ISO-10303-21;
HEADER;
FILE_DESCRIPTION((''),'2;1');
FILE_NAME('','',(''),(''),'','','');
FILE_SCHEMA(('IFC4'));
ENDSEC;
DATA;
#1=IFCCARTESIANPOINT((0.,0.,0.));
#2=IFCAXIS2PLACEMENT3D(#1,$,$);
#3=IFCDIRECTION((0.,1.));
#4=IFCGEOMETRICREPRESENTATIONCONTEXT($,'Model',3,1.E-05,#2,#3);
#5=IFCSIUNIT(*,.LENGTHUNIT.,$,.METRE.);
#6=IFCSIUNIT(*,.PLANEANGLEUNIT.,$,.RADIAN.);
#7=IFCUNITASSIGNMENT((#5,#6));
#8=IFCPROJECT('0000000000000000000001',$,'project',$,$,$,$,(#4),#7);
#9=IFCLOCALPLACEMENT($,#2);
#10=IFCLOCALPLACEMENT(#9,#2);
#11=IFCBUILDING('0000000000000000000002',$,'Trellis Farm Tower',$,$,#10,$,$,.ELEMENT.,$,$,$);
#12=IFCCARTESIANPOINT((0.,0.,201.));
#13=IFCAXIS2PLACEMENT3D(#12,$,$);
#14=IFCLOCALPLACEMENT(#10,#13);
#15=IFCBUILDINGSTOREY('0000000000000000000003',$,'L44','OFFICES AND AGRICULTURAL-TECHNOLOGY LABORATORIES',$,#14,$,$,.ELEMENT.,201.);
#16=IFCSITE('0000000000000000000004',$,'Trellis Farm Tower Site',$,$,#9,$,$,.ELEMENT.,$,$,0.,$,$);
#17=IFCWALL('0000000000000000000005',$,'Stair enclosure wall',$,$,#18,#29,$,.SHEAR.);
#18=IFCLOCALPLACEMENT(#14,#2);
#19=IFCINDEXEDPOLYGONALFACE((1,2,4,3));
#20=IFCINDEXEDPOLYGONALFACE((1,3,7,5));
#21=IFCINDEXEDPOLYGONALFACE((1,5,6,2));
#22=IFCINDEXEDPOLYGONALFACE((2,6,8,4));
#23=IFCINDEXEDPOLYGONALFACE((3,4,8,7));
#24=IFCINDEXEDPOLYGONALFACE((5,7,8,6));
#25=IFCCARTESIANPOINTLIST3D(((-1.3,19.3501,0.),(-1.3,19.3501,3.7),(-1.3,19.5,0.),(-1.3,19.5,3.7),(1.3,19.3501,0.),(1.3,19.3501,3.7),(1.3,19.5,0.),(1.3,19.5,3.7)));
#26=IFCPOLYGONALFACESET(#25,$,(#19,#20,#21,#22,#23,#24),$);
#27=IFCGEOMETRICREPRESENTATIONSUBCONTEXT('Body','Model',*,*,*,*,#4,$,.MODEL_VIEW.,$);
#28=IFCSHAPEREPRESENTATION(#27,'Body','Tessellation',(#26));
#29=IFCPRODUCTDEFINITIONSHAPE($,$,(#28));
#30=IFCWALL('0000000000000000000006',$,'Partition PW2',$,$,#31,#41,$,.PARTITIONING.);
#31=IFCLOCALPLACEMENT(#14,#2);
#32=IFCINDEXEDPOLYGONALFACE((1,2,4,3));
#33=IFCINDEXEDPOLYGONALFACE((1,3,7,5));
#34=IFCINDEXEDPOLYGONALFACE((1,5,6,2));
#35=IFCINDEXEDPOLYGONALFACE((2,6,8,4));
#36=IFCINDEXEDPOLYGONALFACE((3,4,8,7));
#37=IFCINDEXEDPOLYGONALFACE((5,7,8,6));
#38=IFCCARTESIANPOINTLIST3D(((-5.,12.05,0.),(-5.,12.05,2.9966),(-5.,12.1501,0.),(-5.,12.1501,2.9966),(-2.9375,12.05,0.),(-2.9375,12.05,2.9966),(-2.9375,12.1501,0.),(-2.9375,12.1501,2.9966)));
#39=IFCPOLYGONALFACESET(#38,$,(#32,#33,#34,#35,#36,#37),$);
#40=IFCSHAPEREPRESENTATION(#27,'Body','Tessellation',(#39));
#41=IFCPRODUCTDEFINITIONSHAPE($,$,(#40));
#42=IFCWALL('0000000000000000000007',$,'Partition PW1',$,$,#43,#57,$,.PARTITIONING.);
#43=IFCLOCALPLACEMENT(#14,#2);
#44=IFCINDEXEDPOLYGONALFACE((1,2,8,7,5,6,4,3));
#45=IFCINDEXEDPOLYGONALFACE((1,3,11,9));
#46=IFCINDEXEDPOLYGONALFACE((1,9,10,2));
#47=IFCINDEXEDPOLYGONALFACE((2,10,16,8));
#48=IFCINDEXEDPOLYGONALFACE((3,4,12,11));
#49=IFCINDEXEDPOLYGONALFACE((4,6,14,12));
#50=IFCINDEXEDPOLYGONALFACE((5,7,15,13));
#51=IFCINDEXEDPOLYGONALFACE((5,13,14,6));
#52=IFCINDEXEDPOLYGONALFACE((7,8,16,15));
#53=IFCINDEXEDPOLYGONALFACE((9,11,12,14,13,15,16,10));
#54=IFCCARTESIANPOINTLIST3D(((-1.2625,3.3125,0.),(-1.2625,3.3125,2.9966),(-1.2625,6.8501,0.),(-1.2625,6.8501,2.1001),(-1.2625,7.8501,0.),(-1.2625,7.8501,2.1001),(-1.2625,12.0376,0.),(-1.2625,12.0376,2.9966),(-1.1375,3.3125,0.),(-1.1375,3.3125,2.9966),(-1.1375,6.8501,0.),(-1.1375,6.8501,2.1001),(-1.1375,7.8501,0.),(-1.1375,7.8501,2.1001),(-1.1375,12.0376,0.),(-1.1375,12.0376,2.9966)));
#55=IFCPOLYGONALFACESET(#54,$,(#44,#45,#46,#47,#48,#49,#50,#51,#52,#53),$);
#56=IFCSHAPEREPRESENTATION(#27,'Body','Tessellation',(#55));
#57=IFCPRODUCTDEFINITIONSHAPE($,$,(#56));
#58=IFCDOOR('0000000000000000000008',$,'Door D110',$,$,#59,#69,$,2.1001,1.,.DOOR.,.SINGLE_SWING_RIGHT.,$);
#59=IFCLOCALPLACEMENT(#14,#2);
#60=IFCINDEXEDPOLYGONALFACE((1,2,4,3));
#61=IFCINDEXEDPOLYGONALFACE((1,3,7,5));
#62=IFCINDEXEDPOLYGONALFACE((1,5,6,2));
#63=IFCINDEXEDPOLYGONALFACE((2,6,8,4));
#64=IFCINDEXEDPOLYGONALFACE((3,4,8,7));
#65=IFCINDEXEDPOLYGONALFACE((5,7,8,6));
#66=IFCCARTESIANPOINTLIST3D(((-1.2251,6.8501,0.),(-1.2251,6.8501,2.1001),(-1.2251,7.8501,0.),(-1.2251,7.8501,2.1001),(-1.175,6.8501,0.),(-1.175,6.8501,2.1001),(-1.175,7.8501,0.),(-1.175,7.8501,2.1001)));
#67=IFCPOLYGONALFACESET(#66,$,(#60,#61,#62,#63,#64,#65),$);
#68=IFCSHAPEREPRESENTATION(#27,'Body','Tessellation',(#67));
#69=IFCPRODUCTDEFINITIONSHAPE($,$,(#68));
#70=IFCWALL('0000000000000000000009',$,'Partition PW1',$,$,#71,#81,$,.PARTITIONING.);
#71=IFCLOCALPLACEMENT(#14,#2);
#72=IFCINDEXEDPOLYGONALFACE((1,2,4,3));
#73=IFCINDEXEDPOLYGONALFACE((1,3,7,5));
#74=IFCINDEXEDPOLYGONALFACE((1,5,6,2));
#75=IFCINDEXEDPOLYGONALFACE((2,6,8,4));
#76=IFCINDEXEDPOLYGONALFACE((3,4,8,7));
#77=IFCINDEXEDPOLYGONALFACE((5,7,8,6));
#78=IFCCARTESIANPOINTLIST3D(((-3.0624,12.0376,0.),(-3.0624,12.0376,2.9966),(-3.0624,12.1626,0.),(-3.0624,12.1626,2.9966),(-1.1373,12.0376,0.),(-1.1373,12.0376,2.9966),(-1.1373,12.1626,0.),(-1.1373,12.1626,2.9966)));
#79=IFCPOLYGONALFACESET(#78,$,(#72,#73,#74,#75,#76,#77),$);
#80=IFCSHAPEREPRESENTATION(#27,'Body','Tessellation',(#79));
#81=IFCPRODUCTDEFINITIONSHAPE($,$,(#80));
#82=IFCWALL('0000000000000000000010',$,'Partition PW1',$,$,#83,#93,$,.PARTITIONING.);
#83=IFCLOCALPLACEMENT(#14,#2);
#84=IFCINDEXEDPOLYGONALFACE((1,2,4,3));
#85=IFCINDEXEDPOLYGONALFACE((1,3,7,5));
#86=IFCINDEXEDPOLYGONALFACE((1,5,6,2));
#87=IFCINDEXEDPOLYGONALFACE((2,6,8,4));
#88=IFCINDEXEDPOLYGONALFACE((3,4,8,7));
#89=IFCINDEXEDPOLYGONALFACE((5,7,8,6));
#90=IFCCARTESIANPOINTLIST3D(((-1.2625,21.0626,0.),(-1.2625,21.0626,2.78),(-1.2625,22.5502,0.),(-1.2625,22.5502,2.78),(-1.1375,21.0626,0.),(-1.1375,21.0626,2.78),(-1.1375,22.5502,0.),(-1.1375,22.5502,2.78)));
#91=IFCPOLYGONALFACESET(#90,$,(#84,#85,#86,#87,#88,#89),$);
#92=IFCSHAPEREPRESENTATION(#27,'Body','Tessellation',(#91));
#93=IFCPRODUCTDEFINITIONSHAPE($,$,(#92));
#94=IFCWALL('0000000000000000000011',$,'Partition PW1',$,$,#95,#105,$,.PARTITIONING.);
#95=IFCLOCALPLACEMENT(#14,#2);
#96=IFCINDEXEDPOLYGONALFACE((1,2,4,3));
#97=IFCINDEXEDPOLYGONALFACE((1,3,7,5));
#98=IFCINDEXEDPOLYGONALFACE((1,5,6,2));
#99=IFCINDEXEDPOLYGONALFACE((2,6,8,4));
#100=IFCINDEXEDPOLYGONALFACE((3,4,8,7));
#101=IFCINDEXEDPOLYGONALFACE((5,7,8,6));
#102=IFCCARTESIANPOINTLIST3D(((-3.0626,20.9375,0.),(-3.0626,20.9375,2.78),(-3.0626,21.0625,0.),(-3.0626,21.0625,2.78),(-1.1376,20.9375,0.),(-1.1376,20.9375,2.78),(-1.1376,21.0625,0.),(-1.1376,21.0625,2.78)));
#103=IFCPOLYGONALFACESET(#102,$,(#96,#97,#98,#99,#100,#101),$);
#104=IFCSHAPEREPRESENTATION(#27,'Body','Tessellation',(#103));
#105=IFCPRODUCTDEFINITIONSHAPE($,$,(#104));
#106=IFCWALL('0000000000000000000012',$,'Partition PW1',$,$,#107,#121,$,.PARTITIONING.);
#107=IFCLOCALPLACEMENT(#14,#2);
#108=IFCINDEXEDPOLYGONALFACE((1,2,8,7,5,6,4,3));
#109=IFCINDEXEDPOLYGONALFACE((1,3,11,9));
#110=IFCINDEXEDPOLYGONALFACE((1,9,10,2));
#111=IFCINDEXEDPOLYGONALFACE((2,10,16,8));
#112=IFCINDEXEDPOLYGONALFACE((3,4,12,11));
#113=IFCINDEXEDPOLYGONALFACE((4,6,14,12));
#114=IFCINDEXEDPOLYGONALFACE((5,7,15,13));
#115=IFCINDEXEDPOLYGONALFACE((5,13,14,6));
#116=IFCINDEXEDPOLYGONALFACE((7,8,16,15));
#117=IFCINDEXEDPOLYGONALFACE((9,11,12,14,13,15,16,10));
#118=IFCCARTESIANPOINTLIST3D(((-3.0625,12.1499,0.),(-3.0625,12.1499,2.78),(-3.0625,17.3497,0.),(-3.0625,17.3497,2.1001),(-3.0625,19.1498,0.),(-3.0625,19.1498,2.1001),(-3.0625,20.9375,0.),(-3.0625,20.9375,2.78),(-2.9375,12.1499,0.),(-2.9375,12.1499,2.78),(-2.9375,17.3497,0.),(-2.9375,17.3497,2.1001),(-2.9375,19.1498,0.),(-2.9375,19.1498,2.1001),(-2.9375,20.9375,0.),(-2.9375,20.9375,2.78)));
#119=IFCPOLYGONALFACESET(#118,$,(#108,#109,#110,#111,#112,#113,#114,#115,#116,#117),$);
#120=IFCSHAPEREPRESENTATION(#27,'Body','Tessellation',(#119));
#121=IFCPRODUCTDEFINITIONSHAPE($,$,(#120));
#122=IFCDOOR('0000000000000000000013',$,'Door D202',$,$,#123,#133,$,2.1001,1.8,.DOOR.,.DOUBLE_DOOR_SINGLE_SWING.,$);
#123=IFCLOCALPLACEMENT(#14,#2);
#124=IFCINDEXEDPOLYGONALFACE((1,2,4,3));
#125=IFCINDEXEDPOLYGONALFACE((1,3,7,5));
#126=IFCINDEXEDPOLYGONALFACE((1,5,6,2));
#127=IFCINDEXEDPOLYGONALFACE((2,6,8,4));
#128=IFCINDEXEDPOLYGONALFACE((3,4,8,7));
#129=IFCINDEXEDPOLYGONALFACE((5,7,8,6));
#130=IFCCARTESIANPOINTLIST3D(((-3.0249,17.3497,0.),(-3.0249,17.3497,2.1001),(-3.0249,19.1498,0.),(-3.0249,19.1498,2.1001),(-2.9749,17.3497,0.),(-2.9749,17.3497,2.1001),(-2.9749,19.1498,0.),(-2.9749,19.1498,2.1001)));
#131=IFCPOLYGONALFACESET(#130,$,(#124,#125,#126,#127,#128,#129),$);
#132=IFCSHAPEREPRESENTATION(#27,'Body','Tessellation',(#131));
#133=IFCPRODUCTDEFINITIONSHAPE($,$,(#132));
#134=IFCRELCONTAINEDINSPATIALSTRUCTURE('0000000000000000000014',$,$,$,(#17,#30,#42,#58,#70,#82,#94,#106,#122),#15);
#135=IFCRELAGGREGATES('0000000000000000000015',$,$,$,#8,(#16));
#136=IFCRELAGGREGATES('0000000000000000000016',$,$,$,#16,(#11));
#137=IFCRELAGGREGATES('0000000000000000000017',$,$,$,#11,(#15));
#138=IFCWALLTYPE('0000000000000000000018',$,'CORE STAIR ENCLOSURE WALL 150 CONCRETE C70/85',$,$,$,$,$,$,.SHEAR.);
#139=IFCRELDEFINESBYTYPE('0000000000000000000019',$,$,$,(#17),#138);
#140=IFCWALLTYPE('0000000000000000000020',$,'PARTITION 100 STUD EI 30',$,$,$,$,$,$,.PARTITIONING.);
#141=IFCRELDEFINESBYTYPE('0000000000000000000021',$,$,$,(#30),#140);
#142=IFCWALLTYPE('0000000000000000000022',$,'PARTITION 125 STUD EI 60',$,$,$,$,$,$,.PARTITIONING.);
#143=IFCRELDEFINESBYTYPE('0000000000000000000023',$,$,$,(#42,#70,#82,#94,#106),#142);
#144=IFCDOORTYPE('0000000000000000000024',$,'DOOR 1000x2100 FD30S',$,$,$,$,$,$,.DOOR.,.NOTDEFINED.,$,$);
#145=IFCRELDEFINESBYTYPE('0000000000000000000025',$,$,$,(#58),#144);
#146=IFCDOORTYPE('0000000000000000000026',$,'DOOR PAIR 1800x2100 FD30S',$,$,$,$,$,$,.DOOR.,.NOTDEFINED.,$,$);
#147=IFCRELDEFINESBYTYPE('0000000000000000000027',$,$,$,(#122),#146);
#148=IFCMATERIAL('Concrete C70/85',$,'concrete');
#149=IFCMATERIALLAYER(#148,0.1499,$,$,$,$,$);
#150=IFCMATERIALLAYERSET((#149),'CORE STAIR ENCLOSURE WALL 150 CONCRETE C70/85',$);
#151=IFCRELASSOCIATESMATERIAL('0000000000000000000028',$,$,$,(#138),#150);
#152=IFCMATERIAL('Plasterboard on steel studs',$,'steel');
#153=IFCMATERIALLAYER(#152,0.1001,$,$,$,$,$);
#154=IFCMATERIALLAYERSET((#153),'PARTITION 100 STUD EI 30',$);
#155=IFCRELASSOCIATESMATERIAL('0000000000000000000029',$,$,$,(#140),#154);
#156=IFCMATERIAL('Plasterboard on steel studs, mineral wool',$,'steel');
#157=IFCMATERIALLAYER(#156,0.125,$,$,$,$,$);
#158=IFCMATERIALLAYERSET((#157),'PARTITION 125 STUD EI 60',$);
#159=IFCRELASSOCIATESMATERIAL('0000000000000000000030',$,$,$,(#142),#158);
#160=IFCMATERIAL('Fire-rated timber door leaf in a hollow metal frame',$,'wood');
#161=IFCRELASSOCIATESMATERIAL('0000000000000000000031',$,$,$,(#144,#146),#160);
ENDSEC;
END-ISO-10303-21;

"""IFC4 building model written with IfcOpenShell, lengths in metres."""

from ifc_helpers import new_model, si_unit, direction, frame, frame_2d, origin, place, context, subcontext, project, spatial, rectangle, extrude, source, transform, mapped, material, layer, layer_set, type_object, element, fill, save


model = new_model("IFC4")

# Units and contexts
model_context = context("Model", 3, precision=1e-05, world=origin(), true_north=direction((0.0, 1.0)))
body_context = subcontext(model_context, "Body", "Model", "MODEL_VIEW")
ifc_project = project(units=[si_unit("LENGTHUNIT", "METRE"), si_unit("PLANEANGLEUNIT", "RADIAN")], contexts=[model_context])

# Site, building, storey
site_placement = place(None, origin())
site = spatial("IfcSite", under=ifc_project, at=site_placement, Name="Trellis Farm Tower Site", CompositionType="ELEMENT", RefElevation=0.0)
building_placement = place(site_placement, origin())
building = spatial("IfcBuilding", under=site, at=building_placement, Name="Trellis Farm Tower", CompositionType="ELEMENT")
storey_placement = place(building_placement, frame((0.0, 0.0, 201.0)))
storey = spatial("IfcBuildingStorey", under=building, at=storey_placement, Name="L44", Description="OFFICES AND AGRICULTURAL-TECHNOLOGY LABORATORIES", CompositionType="ELEMENT", Elevation=201.0)

# Shared definitions
ifc_material_1 = material(Name="Concrete C70/85", Category="concrete")

# Shared definitions
ifc_layer_1 = layer(ifc_material_1, 0.1499)
ifc_layer_set_1 = layer_set([ifc_layer_1], Name="CORE STAIR ENCLOSURE WALL 150 CONCRETE C70/85")
wall_type_1 = type_object("IfcWallType", Name="CORE STAIR ENCLOSURE WALL 150 CONCRETE C70/85", PredefinedType="SHEAR", material=ifc_layer_set_1)
shared_shape_1 = source(origin(), body_context, "Body", "SweptSolid", [
    extrude(rectangle(XDim=2.6001, YDim=0.1499, at=frame_2d((1.3, 0.0))), origin(), (0.0, 0.0, 1.0), 3.7),
])

# Walls
wall_1_placement = place(storey_placement, frame((-1.3, 19.425, 0.0), z_axis=(0.0, 0.0, 1.0), x_axis=(1.0, 0.0, 0.0)))
element("IfcWall", 1, at=wall_1_placement, inside=storey, type_object=wall_type_1, Name="Stair enclosure wall", PredefinedType="SHEAR", context=body_context, shape_type="MappedRepresentation", body=[
    mapped(shared_shape_1, transform((0.0, 0.0, 0.0))),
])
ifc_material_2 = material(Name="Plasterboard on steel studs", Category="steel")
ifc_layer_2 = layer(ifc_material_2, 0.1001)
ifc_layer_set_2 = layer_set([ifc_layer_2], Name="PARTITION 100 STUD EI 30")
wall_type_2 = type_object("IfcWallType", Name="PARTITION 100 STUD EI 30", PredefinedType="PARTITIONING", material=ifc_layer_set_2)
shared_shape_2 = source(origin(), body_context, "Body", "SweptSolid", [
    extrude(rectangle(XDim=2.0625, YDim=0.1001, at=frame_2d((1.0312, 0.0))), origin(), (0.0, 0.0, 1.0), 2.9966),
])
wall_2_placement = place(storey_placement, frame((-5.0, 12.1001, 0.0), z_axis=(0.0, 0.0, 1.0), x_axis=(1.0, 0.0, 0.0)))
element("IfcWall", 2, at=wall_2_placement, inside=storey, type_object=wall_type_2, Name="Partition PW2", PredefinedType="PARTITIONING", context=body_context, shape_type="MappedRepresentation", body=[
    mapped(shared_shape_2, transform((0.0, 0.0, 0.0))),
])

# Wall, opening, door
ifc_material_3 = material(Name="Plasterboard on steel studs, mineral wool", Category="steel")
ifc_layer_3 = layer(ifc_material_3, 0.125)
ifc_layer_set_3 = layer_set([ifc_layer_3], Name="PARTITION 125 STUD EI 60")
wall_type_3 = type_object("IfcWallType", Name="PARTITION 125 STUD EI 60", PredefinedType="PARTITIONING", material=ifc_layer_set_3)
shared_shape_3 = source(origin(), body_context, "Body", "SweptSolid", [
    extrude(rectangle(XDim=8.7251, YDim=0.125, at=frame_2d((4.3625, 0.0))), origin(), (0.0, 0.0, 1.0), 2.9966),
])
wall_3_placement = place(storey_placement, frame((-1.2, 12.0376, 0.0), z_axis=(0.0, 0.0, 1.0), x_axis=(0.0, -1.0, 0.0)))
wall_3 = element("IfcWall", 3, at=wall_3_placement, inside=storey, type_object=wall_type_3, Name="Partition PW1", PredefinedType="PARTITIONING", context=body_context, shape_type="MappedRepresentation", body=[
    mapped(shared_shape_3, transform((0.0, 0.0, 0.0))),
])
shared_shape_4 = source(origin(), body_context, "Body", "SweptSolid", [
    extrude(rectangle(XDim=1.0, YDim=2.1001, at=frame_2d((0.5, 1.05))), frame((0.0, 0.0725, 0.0), z_axis=(0.0, -1.0, 0.0), x_axis=(1.0, 0.0, 0.0)), (0.0, 0.0, 1.0), 0.145),
])
opening_1_placement = place(wall_3_placement, frame((4.1875, 0.0, 0.0)))
opening_1 = element("IfcOpeningElement", 4, at=opening_1_placement, cuts=wall_3, PredefinedType="OPENING", context=body_context, shape_type="MappedRepresentation", body=[
    mapped(shared_shape_4, transform((0.0, 0.0, 0.0))),
])
ifc_material_4 = material(Name="Fire-rated timber door leaf in a hollow metal frame", Category="wood")
door_type_1 = type_object("IfcDoorType", Name="DOOR 1000x2100 FD30S", OperationType="NOTDEFINED", PredefinedType="DOOR", material=ifc_material_4)
shared_shape_5 = source(origin(), body_context, "Body", "SweptSolid", [
    extrude(rectangle(XDim=1.0, YDim=2.1001, at=frame_2d((0.5, 1.05))), frame((0.0, 0.0249, 0.0), z_axis=(0.0, -1.0, 0.0), x_axis=(1.0, 0.0, 0.0)), (0.0, 0.0, 1.0), 0.05),
])
door_1_placement = place(opening_1_placement, origin())
door_1 = element("IfcDoor", 5, at=door_1_placement, inside=storey, type_object=door_type_1, Name="Door D110", OperationType="SINGLE_SWING_RIGHT", OverallHeight=2.1001, OverallWidth=1.0, PredefinedType="DOOR", context=body_context, shape_type="MappedRepresentation", body=[
    mapped(shared_shape_5, transform((0.0, 0.0, 0.0))),
])
fill(opening_1, door_1)

# Walls
shared_shape_6 = source(origin(), body_context, "Body", "SweptSolid", [
    extrude(rectangle(XDim=1.925, YDim=0.125, at=frame_2d((0.9624, 0.0))), origin(), (0.0, 0.0, 1.0), 2.9966),
])
wall_4_placement = place(storey_placement, frame((-1.1375, 12.1001, 0.0), z_axis=(0.0, 0.0, 1.0), x_axis=(-1.0, 0.0, 0.0)))
element("IfcWall", 6, at=wall_4_placement, inside=storey, type_object=wall_type_3, Name="Partition PW1", PredefinedType="PARTITIONING", context=body_context, shape_type="MappedRepresentation", body=[
    mapped(shared_shape_6, transform((0.0, 0.0, 0.0))),
])
shared_shape_7 = source(origin(), body_context, "Body", "SweptSolid", [
    extrude(rectangle(XDim=1.4875, YDim=0.125, at=frame_2d((0.7437, 0.0))), origin(), (0.0, 0.0, 1.0), 2.78),
])
wall_5_placement = place(storey_placement, frame((-1.2, 22.55, 0.0), z_axis=(0.0, 0.0, 1.0), x_axis=(0.0, -1.0, 0.0)))
element("IfcWall", 7, at=wall_5_placement, inside=storey, type_object=wall_type_3, Name="Partition PW1", PredefinedType="PARTITIONING", context=body_context, shape_type="MappedRepresentation", body=[
    mapped(shared_shape_7, transform((0.0, 0.0, 0.0))),
])
shared_shape_8 = source(origin(), body_context, "Body", "SweptSolid", [
    extrude(rectangle(XDim=1.925, YDim=0.125, at=frame_2d((0.9624, 0.0))), origin(), (0.0, 0.0, 1.0), 2.78),
])
wall_6_placement = place(storey_placement, frame((-3.0625, 21.0, 0.0), z_axis=(0.0, 0.0, 1.0), x_axis=(1.0, 0.0, 0.0)))
element("IfcWall", 8, at=wall_6_placement, inside=storey, type_object=wall_type_3, Name="Partition PW1", PredefinedType="PARTITIONING", context=body_context, shape_type="MappedRepresentation", body=[
    mapped(shared_shape_8, transform((0.0, 0.0, 0.0))),
])

# Wall, opening, door
shared_shape_9 = source(origin(), body_context, "Body", "SweptSolid", [
    extrude(rectangle(XDim=8.7876, YDim=0.125, at=frame_2d((4.3938, 0.0))), origin(), (0.0, 0.0, 1.0), 2.78),
])
wall_7_placement = place(storey_placement, frame((-3.0, 12.1499, 0.0), z_axis=(0.0, 0.0, 1.0), x_axis=(0.0, 1.0, 0.0)))
wall_7 = element("IfcWall", 9, at=wall_7_placement, inside=storey, type_object=wall_type_3, Name="Partition PW1", PredefinedType="PARTITIONING", context=body_context, shape_type="MappedRepresentation", body=[
    mapped(shared_shape_9, transform((0.0, 0.0, 0.0))),
])
shared_shape_10 = source(origin(), body_context, "Body", "SweptSolid", [
    extrude(rectangle(XDim=1.8, YDim=2.1001, at=frame_2d((0.8999, 1.05))), frame((0.0, 0.0725, 0.0), z_axis=(0.0, -1.0, 0.0), x_axis=(1.0, 0.0, 0.0)), (0.0, 0.0, 1.0), 0.145),
])
opening_2_placement = place(wall_7_placement, frame((5.2, 0.0, 0.0)))
opening_2 = element("IfcOpeningElement", 10, at=opening_2_placement, cuts=wall_7, PredefinedType="OPENING", context=body_context, shape_type="MappedRepresentation", body=[
    mapped(shared_shape_10, transform((0.0, 0.0, 0.0))),
])
door_type_2 = type_object("IfcDoorType", Name="DOOR PAIR 1800x2100 FD30S", OperationType="NOTDEFINED", PredefinedType="DOOR", material=ifc_material_4)
shared_shape_11 = source(origin(), body_context, "Body", "SweptSolid", [
    extrude(rectangle(XDim=1.8, YDim=2.1001, at=frame_2d((0.8999, 1.05))), frame((0.0, 0.0249, 0.0), z_axis=(0.0, -1.0, 0.0), x_axis=(1.0, 0.0, 0.0)), (0.0, 0.0, 1.0), 0.05),
])
door_2_placement = place(opening_2_placement, origin())
door_2 = element("IfcDoor", 11, at=door_2_placement, inside=storey, type_object=door_type_2, Name="Door D202", OperationType="DOUBLE_DOOR_SINGLE_SWING", OverallHeight=2.1001, OverallWidth=1.8, PredefinedType="DOOR", context=body_context, shape_type="MappedRepresentation", body=[
    mapped(shared_shape_11, transform((0.0, 0.0, 0.0))),
])
fill(opening_2, door_2)

save(model, "model.ifc")
